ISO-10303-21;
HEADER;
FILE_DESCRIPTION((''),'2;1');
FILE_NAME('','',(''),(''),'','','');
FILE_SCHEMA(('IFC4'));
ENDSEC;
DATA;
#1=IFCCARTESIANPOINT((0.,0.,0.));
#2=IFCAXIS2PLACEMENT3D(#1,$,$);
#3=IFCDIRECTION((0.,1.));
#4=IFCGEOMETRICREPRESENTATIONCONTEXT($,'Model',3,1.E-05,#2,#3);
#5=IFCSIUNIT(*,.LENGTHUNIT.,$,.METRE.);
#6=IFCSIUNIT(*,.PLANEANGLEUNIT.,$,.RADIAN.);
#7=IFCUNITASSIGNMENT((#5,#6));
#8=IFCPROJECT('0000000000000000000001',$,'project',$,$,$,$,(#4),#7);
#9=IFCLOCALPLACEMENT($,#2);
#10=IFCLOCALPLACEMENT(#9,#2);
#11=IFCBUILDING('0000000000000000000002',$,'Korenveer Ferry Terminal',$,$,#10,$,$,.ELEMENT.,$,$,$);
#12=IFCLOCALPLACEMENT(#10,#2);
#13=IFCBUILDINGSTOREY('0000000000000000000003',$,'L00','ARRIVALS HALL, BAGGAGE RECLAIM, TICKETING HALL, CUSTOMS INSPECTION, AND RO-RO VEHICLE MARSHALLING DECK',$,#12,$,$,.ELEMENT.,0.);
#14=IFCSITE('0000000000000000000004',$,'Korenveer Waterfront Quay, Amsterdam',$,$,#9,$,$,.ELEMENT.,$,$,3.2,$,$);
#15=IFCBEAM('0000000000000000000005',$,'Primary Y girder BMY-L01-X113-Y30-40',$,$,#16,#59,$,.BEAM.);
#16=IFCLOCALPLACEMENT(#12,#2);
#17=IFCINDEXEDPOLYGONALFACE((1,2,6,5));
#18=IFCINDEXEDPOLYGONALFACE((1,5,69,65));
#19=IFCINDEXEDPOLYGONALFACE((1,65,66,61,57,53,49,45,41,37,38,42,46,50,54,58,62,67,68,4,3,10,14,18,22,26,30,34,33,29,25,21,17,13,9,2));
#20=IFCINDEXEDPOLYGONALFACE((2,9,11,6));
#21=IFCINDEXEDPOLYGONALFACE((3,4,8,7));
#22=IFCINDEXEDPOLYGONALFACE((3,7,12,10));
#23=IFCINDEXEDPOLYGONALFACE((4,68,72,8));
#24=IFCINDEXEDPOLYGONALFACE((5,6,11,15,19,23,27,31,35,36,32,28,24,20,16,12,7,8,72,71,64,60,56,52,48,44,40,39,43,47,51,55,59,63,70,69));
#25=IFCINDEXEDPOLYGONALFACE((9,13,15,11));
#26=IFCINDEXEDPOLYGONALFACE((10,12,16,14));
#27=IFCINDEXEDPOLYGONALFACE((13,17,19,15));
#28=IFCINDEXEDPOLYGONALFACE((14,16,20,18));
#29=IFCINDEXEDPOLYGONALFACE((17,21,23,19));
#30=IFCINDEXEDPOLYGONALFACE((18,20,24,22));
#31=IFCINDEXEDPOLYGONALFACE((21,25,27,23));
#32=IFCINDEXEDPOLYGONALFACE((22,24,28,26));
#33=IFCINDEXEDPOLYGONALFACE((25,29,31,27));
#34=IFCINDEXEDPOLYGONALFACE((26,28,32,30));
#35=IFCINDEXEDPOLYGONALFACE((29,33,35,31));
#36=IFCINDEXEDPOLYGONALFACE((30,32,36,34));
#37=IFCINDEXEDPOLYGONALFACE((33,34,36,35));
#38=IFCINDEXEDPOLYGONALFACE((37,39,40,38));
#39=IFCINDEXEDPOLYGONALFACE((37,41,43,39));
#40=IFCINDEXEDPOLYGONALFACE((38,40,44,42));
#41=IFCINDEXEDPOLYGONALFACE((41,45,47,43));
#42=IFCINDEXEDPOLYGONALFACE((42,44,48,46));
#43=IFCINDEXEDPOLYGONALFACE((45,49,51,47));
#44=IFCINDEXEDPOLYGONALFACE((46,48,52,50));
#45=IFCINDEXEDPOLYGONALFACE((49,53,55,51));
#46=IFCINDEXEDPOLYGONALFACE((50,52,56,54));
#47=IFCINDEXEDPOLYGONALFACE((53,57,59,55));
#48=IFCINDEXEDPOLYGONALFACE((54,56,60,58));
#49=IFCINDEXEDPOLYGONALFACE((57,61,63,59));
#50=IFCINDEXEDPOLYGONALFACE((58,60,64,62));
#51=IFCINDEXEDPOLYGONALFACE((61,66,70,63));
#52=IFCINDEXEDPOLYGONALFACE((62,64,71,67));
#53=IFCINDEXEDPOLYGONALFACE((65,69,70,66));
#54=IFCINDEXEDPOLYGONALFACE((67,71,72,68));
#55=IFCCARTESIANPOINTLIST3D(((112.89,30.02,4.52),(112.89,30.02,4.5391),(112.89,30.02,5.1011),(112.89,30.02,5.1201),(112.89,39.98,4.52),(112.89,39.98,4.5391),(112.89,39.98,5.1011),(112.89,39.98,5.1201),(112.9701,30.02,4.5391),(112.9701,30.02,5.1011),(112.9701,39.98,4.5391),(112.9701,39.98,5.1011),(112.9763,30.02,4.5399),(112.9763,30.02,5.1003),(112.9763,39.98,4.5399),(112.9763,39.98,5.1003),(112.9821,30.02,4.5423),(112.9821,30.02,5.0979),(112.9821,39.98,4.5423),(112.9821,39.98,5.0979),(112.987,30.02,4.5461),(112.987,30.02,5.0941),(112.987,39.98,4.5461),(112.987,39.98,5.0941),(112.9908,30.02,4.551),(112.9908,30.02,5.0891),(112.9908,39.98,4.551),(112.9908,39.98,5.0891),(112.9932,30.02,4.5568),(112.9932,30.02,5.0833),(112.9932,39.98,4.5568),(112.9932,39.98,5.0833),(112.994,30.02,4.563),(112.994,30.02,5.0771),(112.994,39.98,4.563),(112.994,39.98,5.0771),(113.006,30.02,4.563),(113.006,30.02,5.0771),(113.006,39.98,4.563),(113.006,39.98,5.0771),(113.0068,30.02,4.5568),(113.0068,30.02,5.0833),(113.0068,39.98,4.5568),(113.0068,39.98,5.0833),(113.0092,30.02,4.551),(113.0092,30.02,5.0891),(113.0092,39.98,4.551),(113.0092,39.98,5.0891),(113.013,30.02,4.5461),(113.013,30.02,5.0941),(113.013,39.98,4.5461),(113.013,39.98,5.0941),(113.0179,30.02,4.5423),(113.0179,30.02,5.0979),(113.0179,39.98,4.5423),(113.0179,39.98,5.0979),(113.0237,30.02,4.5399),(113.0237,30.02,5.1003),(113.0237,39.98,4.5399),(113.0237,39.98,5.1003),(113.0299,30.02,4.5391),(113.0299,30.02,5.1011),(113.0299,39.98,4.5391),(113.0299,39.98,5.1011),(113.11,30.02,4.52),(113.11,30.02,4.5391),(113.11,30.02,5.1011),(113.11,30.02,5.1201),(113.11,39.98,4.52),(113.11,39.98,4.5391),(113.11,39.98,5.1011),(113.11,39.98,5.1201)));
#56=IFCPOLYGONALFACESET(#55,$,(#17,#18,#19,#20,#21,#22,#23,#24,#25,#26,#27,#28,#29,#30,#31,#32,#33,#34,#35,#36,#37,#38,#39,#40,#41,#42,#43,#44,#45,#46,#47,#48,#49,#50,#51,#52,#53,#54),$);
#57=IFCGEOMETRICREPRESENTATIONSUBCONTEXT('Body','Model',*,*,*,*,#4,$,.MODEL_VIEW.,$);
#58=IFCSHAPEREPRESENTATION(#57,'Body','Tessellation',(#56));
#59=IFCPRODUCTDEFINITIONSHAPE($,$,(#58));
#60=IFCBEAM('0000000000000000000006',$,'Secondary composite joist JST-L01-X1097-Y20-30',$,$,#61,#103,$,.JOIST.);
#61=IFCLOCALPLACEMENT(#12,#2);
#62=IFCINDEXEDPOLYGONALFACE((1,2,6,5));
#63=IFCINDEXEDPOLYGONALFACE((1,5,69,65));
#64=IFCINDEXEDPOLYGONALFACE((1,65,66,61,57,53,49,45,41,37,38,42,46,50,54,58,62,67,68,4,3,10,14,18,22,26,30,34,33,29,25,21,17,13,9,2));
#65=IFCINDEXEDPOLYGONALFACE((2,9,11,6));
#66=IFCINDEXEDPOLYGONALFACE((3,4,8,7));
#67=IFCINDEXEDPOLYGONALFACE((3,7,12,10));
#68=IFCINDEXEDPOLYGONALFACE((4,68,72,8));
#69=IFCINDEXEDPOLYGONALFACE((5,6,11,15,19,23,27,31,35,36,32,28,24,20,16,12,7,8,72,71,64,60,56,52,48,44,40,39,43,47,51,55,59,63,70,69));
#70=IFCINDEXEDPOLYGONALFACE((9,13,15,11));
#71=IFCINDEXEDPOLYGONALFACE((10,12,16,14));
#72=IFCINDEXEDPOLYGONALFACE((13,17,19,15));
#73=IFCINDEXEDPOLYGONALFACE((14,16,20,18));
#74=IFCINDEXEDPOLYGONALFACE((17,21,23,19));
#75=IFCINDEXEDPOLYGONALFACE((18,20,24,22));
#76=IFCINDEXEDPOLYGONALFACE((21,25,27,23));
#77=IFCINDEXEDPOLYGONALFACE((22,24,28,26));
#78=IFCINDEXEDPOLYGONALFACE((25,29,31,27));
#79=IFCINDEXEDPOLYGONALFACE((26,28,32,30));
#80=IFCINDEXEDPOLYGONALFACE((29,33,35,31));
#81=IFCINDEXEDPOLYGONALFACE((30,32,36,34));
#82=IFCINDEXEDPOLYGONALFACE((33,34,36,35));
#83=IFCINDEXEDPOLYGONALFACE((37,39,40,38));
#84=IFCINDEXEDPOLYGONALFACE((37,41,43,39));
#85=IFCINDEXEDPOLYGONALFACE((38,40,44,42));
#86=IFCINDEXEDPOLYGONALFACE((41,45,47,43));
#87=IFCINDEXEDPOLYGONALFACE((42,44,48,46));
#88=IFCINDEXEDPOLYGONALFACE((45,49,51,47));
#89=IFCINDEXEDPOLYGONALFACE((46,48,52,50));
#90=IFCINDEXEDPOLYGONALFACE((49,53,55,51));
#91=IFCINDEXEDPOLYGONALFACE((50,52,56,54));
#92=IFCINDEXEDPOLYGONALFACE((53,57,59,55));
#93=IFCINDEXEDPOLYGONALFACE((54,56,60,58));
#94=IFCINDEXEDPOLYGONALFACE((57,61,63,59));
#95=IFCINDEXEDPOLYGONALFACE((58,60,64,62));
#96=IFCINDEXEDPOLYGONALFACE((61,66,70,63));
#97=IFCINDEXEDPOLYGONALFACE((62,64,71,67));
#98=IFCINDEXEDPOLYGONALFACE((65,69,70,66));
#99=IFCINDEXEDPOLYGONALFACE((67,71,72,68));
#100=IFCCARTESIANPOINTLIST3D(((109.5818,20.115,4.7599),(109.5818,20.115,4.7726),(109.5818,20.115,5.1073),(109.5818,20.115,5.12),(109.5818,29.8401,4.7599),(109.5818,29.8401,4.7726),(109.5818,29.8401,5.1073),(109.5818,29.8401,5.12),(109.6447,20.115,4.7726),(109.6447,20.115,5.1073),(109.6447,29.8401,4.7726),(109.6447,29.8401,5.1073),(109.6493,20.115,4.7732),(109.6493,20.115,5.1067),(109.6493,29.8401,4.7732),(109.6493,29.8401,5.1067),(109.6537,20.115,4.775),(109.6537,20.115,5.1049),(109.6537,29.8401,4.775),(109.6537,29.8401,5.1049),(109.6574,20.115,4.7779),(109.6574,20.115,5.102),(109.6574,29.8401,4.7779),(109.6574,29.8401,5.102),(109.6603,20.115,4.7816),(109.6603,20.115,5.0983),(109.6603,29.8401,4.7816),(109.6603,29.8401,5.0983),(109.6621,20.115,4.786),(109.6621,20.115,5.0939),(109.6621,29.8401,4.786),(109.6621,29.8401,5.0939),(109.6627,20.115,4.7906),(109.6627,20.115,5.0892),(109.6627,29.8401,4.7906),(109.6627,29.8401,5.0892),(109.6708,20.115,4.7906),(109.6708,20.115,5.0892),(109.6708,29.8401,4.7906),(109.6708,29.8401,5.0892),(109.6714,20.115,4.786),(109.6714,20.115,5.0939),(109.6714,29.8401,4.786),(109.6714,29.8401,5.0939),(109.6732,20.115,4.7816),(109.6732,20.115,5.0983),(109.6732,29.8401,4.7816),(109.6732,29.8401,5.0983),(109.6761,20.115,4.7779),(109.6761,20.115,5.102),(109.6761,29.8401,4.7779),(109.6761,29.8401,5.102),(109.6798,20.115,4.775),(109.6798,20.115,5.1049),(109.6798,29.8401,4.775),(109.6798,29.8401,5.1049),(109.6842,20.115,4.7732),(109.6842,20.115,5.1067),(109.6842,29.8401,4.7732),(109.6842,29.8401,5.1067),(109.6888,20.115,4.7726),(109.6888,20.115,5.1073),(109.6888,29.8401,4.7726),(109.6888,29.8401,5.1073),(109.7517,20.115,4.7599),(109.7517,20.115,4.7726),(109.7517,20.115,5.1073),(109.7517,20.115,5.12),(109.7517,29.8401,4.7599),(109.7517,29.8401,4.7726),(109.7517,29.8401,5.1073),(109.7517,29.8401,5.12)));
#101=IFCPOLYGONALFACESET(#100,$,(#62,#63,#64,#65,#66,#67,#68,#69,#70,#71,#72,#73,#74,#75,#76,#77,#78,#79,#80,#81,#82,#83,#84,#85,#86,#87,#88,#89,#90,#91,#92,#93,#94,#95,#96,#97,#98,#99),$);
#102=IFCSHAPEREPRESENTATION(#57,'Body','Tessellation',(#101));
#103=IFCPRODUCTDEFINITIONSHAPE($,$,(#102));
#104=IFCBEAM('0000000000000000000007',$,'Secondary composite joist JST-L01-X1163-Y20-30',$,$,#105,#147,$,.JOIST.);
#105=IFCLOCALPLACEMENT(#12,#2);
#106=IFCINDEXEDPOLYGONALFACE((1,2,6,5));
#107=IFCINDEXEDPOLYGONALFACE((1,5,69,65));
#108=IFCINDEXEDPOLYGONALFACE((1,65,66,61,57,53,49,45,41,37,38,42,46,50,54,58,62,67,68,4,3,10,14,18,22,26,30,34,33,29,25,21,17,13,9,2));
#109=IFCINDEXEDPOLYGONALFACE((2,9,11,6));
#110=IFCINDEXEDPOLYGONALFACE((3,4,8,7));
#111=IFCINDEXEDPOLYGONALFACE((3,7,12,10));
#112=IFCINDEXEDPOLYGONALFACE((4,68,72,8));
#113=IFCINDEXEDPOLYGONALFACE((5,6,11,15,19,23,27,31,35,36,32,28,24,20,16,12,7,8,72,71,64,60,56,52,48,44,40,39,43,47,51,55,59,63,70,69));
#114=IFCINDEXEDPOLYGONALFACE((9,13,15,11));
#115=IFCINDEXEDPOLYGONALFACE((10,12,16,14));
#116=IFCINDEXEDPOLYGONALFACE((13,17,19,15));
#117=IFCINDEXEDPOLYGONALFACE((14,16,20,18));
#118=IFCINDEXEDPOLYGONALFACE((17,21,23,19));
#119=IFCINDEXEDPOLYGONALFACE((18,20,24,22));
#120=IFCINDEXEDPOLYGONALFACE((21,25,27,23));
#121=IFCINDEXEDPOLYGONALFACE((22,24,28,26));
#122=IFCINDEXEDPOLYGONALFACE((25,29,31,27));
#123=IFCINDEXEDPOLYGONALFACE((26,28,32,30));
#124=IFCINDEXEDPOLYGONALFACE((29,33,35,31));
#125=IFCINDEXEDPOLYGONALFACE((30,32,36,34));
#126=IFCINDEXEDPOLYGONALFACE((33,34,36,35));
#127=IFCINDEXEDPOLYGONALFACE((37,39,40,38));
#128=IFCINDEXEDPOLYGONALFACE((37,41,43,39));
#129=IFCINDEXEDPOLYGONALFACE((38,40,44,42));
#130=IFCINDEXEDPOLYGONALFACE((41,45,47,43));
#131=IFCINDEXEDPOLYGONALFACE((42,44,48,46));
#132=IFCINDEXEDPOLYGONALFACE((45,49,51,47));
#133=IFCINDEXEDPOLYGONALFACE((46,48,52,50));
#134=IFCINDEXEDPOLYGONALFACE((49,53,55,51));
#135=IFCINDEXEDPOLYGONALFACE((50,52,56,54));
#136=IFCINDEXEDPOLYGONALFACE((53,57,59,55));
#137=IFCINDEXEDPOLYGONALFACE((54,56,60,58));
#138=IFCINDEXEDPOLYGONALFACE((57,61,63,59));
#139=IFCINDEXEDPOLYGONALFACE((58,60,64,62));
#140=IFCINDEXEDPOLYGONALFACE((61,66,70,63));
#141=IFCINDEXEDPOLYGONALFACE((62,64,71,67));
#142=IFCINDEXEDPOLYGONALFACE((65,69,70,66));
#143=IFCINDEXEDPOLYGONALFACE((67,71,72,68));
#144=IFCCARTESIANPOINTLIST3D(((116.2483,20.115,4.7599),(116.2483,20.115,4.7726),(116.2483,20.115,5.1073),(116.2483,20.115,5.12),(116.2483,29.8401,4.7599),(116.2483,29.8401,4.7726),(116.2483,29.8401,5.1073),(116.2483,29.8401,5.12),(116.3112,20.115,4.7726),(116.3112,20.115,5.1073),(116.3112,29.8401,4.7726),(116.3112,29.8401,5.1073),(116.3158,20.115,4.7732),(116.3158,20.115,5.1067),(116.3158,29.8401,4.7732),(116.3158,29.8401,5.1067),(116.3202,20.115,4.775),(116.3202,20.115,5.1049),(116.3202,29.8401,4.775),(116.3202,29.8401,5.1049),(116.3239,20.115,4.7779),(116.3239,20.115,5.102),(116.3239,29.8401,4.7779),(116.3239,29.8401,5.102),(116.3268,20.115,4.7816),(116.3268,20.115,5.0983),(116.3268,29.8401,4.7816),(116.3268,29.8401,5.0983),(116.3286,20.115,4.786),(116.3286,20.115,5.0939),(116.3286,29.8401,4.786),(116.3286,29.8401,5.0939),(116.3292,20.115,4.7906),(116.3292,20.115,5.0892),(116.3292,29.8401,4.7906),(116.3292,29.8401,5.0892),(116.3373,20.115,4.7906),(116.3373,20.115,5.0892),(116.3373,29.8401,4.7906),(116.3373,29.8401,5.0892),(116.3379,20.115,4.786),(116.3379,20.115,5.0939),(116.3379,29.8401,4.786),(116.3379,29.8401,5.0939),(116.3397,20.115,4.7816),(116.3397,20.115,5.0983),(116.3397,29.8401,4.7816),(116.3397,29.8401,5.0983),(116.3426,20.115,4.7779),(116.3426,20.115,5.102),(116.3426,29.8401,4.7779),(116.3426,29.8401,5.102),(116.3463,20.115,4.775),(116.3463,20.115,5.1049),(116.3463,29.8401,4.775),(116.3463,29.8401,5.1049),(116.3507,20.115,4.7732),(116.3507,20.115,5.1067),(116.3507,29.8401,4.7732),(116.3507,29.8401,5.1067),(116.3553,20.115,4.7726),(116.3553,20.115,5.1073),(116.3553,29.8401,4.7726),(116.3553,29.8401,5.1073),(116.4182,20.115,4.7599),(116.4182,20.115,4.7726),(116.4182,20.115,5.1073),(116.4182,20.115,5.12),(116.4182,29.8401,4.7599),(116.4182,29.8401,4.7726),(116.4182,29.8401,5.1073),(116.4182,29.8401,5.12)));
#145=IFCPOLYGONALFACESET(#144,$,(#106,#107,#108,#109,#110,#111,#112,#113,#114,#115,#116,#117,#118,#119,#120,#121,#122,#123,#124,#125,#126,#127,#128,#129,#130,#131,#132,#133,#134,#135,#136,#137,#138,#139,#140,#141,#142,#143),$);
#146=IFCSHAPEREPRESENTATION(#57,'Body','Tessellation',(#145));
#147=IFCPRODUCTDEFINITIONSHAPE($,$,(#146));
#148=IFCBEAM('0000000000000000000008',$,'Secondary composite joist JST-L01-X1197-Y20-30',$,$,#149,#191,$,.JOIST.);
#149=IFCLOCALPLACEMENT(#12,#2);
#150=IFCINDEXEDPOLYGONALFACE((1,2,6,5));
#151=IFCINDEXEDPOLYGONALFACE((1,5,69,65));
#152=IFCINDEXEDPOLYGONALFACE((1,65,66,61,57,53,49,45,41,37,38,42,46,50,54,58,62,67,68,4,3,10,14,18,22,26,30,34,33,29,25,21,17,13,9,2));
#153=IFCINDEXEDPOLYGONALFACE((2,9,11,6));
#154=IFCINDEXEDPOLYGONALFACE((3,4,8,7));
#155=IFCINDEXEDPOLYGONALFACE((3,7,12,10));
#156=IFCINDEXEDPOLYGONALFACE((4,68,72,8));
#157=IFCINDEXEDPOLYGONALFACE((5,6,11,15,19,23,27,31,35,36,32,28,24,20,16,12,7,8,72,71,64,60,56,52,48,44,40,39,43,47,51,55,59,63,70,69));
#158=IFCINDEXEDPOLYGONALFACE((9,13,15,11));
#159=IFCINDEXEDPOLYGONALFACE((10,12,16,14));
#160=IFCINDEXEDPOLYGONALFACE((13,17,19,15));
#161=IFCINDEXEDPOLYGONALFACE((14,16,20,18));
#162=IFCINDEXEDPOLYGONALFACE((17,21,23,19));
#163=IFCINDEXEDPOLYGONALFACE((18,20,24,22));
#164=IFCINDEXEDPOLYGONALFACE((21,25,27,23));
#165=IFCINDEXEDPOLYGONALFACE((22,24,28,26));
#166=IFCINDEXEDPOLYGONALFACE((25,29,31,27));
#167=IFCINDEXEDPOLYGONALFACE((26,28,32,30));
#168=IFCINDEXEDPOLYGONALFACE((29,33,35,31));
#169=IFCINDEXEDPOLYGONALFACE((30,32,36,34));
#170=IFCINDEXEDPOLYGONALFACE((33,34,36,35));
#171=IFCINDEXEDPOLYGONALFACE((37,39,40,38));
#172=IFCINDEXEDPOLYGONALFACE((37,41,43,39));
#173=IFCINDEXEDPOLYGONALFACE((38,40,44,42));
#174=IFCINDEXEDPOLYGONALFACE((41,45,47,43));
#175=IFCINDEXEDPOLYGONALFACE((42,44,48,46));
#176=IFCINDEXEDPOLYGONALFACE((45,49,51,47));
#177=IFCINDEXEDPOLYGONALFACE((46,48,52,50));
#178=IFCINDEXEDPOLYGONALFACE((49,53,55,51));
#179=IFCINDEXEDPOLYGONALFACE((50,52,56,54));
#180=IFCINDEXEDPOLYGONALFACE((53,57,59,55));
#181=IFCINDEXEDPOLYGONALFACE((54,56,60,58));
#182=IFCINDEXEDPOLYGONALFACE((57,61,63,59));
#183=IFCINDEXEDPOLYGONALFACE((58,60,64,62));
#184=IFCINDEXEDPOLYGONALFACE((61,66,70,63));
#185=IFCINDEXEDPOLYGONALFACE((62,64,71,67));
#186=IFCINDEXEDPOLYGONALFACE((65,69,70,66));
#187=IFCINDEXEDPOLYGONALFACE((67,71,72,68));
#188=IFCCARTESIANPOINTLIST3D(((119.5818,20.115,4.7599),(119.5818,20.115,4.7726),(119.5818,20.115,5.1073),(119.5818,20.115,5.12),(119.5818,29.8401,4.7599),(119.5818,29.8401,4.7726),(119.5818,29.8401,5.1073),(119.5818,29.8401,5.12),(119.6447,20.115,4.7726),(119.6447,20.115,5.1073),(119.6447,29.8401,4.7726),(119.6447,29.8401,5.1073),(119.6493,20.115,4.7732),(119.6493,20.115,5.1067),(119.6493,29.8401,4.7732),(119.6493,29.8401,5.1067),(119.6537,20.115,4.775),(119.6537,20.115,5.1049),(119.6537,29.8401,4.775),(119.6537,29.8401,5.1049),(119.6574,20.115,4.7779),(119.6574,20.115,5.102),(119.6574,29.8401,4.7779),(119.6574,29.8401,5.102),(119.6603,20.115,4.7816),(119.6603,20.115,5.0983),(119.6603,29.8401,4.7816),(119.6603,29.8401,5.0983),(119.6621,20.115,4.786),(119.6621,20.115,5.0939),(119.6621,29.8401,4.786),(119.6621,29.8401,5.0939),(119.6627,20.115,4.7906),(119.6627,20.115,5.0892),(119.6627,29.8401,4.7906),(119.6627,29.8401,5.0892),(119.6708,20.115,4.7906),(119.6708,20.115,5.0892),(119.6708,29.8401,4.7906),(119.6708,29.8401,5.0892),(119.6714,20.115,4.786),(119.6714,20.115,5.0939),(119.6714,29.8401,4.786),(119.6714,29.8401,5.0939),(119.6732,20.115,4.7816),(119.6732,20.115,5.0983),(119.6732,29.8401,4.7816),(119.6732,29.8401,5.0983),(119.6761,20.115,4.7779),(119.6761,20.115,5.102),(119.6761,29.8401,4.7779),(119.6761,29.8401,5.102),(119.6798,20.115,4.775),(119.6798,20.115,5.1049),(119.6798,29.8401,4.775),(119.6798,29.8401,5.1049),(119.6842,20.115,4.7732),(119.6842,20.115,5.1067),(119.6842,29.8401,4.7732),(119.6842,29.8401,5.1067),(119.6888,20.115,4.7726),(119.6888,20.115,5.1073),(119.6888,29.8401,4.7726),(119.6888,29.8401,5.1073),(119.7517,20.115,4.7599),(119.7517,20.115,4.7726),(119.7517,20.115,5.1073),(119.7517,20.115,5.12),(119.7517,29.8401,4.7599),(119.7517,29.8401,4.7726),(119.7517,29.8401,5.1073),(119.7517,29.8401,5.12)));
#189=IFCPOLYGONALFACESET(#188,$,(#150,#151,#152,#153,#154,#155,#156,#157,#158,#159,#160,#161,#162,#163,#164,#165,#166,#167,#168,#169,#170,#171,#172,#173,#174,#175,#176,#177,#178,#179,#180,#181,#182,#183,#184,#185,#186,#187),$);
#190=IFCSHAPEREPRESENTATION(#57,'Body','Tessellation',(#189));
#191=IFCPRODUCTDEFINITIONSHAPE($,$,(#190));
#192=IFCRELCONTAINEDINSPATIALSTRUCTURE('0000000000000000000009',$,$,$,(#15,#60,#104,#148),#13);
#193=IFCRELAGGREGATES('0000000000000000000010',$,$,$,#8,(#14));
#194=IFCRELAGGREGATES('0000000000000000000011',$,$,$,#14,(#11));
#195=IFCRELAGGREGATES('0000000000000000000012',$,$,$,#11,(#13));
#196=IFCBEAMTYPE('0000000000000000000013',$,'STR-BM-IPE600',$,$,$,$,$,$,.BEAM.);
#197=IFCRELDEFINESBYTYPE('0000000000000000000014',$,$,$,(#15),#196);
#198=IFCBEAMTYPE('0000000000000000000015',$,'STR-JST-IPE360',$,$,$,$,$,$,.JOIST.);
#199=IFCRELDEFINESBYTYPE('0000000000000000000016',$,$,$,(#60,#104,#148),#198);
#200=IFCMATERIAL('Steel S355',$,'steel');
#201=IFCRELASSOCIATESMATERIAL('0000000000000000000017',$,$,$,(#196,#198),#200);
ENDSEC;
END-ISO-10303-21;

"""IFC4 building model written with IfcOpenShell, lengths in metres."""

from ifc_helpers import new_model, si_unit, direction, frame, origin, origin_2d, place, context, subcontext, project, spatial, i_section, extrude, material, material_profile, profile_set, type_object, element, save


model = new_model("IFC4")

# Units and contexts
model_context = context("Model", 3, precision=1e-05, world=origin(), true_north=direction((0.0, 1.0)))
body_context = subcontext(model_context, "Body", "Model", "MODEL_VIEW")
ifc_project = project(units=[si_unit("LENGTHUNIT", "METRE"), si_unit("PLANEANGLEUNIT", "RADIAN")], contexts=[model_context])

# Site, building, storey
site_placement = place(None, origin())
site = spatial("IfcSite", under=ifc_project, at=site_placement, Name="Korenveer Waterfront Quay, Amsterdam", CompositionType="ELEMENT", RefElevation=3.2)
building_placement = place(site_placement, origin())
building = spatial("IfcBuilding", under=site, at=building_placement, Name="Korenveer Ferry Terminal", CompositionType="ELEMENT")
storey_placement = place(building_placement, origin())
storey = spatial("IfcBuildingStorey", under=building, at=storey_placement, Name="L00", Description="ARRIVALS HALL, BAGGAGE RECLAIM, TICKETING HALL, CUSTOMS INSPECTION, AND RO-RO VEHICLE MARSHALLING DECK", CompositionType="ELEMENT", Elevation=0.0)

# Shared definitions
ifc_material_1 = material(Name="Steel S355", Category="steel")

# Beams
ifc_material_profile_1 = material_profile(ifc_material_1, i_section(OverallWidth=0.22, OverallDepth=0.6001, WebThickness=0.012, FlangeThickness=0.019, FilletRadius=0.0239, at=origin_2d()), Name="IPE 600")
ifc_profile_set_1 = profile_set([ifc_material_profile_1], Name="Steel S355")
beam_type_1 = type_object("IfcBeamType", Name="STR-BM-IPE600", PredefinedType="BEAM", material=ifc_profile_set_1)
for number, where, z_axis, x_axis, name in (
    (1, (113.0, 30.02, 4.8201), (0.0, 1.0, 0.0), (-1.0, 0.0, 0.0), "Primary Y girder BMY-L01-X113-Y30-40"),
):
    element("IfcBeam", number, at=place(storey_placement, frame(where, z_axis=z_axis, x_axis=x_axis)), inside=storey, type_object=beam_type_1, Name=name, PredefinedType="BEAM", context=body_context, shape_type="SweptSolid", body=[
        extrude(i_section(OverallWidth=0.22, OverallDepth=0.6001, WebThickness=0.012, FlangeThickness=0.019, FilletRadius=0.0239, at=origin_2d()), origin(), (0.0, 0.0, 1.0), 9.96),
    ])
ifc_material_profile_2 = material_profile(ifc_material_1, i_section(OverallWidth=0.1699, OverallDepth=0.3601, WebThickness=0.0081, FlangeThickness=0.0127, FilletRadius=0.0181, at=origin_2d()), Name="IPE 360")
ifc_profile_set_2 = profile_set([ifc_material_profile_2], Name="Steel S355")
beam_type_2 = type_object("IfcBeamType", Name="STR-JST-IPE360", PredefinedType="JOIST", material=ifc_profile_set_2)
for number, where, z_axis, x_axis, name in (
    (2, (109.6667, 20.115, 4.9399), (0.0, 1.0, 0.0), (-1.0, 0.0, 0.0), "Secondary composite joist JST-L01-X1097-Y20-30"),
    (3, (116.3333, 20.115, 4.9399), (0.0, 1.0, 0.0), (-1.0, 0.0, 0.0), "Secondary composite joist JST-L01-X1163-Y20-30"),
    (4, (119.6667, 20.115, 4.9399), (0.0, 1.0, 0.0), (-1.0, 0.0, 0.0), "Secondary composite joist JST-L01-X1197-Y20-30"),
):
    element("IfcBeam", number, at=place(storey_placement, frame(where, z_axis=z_axis, x_axis=x_axis)), inside=storey, type_object=beam_type_2, Name=name, PredefinedType="JOIST", context=body_context, shape_type="SweptSolid", body=[
        extrude(i_section(OverallWidth=0.1699, OverallDepth=0.3601, WebThickness=0.0081, FlangeThickness=0.0127, FilletRadius=0.0181, at=origin_2d()), origin(), (0.0, 0.0, 1.0), 9.7251),
    ])

save(model, "model.ifc")
